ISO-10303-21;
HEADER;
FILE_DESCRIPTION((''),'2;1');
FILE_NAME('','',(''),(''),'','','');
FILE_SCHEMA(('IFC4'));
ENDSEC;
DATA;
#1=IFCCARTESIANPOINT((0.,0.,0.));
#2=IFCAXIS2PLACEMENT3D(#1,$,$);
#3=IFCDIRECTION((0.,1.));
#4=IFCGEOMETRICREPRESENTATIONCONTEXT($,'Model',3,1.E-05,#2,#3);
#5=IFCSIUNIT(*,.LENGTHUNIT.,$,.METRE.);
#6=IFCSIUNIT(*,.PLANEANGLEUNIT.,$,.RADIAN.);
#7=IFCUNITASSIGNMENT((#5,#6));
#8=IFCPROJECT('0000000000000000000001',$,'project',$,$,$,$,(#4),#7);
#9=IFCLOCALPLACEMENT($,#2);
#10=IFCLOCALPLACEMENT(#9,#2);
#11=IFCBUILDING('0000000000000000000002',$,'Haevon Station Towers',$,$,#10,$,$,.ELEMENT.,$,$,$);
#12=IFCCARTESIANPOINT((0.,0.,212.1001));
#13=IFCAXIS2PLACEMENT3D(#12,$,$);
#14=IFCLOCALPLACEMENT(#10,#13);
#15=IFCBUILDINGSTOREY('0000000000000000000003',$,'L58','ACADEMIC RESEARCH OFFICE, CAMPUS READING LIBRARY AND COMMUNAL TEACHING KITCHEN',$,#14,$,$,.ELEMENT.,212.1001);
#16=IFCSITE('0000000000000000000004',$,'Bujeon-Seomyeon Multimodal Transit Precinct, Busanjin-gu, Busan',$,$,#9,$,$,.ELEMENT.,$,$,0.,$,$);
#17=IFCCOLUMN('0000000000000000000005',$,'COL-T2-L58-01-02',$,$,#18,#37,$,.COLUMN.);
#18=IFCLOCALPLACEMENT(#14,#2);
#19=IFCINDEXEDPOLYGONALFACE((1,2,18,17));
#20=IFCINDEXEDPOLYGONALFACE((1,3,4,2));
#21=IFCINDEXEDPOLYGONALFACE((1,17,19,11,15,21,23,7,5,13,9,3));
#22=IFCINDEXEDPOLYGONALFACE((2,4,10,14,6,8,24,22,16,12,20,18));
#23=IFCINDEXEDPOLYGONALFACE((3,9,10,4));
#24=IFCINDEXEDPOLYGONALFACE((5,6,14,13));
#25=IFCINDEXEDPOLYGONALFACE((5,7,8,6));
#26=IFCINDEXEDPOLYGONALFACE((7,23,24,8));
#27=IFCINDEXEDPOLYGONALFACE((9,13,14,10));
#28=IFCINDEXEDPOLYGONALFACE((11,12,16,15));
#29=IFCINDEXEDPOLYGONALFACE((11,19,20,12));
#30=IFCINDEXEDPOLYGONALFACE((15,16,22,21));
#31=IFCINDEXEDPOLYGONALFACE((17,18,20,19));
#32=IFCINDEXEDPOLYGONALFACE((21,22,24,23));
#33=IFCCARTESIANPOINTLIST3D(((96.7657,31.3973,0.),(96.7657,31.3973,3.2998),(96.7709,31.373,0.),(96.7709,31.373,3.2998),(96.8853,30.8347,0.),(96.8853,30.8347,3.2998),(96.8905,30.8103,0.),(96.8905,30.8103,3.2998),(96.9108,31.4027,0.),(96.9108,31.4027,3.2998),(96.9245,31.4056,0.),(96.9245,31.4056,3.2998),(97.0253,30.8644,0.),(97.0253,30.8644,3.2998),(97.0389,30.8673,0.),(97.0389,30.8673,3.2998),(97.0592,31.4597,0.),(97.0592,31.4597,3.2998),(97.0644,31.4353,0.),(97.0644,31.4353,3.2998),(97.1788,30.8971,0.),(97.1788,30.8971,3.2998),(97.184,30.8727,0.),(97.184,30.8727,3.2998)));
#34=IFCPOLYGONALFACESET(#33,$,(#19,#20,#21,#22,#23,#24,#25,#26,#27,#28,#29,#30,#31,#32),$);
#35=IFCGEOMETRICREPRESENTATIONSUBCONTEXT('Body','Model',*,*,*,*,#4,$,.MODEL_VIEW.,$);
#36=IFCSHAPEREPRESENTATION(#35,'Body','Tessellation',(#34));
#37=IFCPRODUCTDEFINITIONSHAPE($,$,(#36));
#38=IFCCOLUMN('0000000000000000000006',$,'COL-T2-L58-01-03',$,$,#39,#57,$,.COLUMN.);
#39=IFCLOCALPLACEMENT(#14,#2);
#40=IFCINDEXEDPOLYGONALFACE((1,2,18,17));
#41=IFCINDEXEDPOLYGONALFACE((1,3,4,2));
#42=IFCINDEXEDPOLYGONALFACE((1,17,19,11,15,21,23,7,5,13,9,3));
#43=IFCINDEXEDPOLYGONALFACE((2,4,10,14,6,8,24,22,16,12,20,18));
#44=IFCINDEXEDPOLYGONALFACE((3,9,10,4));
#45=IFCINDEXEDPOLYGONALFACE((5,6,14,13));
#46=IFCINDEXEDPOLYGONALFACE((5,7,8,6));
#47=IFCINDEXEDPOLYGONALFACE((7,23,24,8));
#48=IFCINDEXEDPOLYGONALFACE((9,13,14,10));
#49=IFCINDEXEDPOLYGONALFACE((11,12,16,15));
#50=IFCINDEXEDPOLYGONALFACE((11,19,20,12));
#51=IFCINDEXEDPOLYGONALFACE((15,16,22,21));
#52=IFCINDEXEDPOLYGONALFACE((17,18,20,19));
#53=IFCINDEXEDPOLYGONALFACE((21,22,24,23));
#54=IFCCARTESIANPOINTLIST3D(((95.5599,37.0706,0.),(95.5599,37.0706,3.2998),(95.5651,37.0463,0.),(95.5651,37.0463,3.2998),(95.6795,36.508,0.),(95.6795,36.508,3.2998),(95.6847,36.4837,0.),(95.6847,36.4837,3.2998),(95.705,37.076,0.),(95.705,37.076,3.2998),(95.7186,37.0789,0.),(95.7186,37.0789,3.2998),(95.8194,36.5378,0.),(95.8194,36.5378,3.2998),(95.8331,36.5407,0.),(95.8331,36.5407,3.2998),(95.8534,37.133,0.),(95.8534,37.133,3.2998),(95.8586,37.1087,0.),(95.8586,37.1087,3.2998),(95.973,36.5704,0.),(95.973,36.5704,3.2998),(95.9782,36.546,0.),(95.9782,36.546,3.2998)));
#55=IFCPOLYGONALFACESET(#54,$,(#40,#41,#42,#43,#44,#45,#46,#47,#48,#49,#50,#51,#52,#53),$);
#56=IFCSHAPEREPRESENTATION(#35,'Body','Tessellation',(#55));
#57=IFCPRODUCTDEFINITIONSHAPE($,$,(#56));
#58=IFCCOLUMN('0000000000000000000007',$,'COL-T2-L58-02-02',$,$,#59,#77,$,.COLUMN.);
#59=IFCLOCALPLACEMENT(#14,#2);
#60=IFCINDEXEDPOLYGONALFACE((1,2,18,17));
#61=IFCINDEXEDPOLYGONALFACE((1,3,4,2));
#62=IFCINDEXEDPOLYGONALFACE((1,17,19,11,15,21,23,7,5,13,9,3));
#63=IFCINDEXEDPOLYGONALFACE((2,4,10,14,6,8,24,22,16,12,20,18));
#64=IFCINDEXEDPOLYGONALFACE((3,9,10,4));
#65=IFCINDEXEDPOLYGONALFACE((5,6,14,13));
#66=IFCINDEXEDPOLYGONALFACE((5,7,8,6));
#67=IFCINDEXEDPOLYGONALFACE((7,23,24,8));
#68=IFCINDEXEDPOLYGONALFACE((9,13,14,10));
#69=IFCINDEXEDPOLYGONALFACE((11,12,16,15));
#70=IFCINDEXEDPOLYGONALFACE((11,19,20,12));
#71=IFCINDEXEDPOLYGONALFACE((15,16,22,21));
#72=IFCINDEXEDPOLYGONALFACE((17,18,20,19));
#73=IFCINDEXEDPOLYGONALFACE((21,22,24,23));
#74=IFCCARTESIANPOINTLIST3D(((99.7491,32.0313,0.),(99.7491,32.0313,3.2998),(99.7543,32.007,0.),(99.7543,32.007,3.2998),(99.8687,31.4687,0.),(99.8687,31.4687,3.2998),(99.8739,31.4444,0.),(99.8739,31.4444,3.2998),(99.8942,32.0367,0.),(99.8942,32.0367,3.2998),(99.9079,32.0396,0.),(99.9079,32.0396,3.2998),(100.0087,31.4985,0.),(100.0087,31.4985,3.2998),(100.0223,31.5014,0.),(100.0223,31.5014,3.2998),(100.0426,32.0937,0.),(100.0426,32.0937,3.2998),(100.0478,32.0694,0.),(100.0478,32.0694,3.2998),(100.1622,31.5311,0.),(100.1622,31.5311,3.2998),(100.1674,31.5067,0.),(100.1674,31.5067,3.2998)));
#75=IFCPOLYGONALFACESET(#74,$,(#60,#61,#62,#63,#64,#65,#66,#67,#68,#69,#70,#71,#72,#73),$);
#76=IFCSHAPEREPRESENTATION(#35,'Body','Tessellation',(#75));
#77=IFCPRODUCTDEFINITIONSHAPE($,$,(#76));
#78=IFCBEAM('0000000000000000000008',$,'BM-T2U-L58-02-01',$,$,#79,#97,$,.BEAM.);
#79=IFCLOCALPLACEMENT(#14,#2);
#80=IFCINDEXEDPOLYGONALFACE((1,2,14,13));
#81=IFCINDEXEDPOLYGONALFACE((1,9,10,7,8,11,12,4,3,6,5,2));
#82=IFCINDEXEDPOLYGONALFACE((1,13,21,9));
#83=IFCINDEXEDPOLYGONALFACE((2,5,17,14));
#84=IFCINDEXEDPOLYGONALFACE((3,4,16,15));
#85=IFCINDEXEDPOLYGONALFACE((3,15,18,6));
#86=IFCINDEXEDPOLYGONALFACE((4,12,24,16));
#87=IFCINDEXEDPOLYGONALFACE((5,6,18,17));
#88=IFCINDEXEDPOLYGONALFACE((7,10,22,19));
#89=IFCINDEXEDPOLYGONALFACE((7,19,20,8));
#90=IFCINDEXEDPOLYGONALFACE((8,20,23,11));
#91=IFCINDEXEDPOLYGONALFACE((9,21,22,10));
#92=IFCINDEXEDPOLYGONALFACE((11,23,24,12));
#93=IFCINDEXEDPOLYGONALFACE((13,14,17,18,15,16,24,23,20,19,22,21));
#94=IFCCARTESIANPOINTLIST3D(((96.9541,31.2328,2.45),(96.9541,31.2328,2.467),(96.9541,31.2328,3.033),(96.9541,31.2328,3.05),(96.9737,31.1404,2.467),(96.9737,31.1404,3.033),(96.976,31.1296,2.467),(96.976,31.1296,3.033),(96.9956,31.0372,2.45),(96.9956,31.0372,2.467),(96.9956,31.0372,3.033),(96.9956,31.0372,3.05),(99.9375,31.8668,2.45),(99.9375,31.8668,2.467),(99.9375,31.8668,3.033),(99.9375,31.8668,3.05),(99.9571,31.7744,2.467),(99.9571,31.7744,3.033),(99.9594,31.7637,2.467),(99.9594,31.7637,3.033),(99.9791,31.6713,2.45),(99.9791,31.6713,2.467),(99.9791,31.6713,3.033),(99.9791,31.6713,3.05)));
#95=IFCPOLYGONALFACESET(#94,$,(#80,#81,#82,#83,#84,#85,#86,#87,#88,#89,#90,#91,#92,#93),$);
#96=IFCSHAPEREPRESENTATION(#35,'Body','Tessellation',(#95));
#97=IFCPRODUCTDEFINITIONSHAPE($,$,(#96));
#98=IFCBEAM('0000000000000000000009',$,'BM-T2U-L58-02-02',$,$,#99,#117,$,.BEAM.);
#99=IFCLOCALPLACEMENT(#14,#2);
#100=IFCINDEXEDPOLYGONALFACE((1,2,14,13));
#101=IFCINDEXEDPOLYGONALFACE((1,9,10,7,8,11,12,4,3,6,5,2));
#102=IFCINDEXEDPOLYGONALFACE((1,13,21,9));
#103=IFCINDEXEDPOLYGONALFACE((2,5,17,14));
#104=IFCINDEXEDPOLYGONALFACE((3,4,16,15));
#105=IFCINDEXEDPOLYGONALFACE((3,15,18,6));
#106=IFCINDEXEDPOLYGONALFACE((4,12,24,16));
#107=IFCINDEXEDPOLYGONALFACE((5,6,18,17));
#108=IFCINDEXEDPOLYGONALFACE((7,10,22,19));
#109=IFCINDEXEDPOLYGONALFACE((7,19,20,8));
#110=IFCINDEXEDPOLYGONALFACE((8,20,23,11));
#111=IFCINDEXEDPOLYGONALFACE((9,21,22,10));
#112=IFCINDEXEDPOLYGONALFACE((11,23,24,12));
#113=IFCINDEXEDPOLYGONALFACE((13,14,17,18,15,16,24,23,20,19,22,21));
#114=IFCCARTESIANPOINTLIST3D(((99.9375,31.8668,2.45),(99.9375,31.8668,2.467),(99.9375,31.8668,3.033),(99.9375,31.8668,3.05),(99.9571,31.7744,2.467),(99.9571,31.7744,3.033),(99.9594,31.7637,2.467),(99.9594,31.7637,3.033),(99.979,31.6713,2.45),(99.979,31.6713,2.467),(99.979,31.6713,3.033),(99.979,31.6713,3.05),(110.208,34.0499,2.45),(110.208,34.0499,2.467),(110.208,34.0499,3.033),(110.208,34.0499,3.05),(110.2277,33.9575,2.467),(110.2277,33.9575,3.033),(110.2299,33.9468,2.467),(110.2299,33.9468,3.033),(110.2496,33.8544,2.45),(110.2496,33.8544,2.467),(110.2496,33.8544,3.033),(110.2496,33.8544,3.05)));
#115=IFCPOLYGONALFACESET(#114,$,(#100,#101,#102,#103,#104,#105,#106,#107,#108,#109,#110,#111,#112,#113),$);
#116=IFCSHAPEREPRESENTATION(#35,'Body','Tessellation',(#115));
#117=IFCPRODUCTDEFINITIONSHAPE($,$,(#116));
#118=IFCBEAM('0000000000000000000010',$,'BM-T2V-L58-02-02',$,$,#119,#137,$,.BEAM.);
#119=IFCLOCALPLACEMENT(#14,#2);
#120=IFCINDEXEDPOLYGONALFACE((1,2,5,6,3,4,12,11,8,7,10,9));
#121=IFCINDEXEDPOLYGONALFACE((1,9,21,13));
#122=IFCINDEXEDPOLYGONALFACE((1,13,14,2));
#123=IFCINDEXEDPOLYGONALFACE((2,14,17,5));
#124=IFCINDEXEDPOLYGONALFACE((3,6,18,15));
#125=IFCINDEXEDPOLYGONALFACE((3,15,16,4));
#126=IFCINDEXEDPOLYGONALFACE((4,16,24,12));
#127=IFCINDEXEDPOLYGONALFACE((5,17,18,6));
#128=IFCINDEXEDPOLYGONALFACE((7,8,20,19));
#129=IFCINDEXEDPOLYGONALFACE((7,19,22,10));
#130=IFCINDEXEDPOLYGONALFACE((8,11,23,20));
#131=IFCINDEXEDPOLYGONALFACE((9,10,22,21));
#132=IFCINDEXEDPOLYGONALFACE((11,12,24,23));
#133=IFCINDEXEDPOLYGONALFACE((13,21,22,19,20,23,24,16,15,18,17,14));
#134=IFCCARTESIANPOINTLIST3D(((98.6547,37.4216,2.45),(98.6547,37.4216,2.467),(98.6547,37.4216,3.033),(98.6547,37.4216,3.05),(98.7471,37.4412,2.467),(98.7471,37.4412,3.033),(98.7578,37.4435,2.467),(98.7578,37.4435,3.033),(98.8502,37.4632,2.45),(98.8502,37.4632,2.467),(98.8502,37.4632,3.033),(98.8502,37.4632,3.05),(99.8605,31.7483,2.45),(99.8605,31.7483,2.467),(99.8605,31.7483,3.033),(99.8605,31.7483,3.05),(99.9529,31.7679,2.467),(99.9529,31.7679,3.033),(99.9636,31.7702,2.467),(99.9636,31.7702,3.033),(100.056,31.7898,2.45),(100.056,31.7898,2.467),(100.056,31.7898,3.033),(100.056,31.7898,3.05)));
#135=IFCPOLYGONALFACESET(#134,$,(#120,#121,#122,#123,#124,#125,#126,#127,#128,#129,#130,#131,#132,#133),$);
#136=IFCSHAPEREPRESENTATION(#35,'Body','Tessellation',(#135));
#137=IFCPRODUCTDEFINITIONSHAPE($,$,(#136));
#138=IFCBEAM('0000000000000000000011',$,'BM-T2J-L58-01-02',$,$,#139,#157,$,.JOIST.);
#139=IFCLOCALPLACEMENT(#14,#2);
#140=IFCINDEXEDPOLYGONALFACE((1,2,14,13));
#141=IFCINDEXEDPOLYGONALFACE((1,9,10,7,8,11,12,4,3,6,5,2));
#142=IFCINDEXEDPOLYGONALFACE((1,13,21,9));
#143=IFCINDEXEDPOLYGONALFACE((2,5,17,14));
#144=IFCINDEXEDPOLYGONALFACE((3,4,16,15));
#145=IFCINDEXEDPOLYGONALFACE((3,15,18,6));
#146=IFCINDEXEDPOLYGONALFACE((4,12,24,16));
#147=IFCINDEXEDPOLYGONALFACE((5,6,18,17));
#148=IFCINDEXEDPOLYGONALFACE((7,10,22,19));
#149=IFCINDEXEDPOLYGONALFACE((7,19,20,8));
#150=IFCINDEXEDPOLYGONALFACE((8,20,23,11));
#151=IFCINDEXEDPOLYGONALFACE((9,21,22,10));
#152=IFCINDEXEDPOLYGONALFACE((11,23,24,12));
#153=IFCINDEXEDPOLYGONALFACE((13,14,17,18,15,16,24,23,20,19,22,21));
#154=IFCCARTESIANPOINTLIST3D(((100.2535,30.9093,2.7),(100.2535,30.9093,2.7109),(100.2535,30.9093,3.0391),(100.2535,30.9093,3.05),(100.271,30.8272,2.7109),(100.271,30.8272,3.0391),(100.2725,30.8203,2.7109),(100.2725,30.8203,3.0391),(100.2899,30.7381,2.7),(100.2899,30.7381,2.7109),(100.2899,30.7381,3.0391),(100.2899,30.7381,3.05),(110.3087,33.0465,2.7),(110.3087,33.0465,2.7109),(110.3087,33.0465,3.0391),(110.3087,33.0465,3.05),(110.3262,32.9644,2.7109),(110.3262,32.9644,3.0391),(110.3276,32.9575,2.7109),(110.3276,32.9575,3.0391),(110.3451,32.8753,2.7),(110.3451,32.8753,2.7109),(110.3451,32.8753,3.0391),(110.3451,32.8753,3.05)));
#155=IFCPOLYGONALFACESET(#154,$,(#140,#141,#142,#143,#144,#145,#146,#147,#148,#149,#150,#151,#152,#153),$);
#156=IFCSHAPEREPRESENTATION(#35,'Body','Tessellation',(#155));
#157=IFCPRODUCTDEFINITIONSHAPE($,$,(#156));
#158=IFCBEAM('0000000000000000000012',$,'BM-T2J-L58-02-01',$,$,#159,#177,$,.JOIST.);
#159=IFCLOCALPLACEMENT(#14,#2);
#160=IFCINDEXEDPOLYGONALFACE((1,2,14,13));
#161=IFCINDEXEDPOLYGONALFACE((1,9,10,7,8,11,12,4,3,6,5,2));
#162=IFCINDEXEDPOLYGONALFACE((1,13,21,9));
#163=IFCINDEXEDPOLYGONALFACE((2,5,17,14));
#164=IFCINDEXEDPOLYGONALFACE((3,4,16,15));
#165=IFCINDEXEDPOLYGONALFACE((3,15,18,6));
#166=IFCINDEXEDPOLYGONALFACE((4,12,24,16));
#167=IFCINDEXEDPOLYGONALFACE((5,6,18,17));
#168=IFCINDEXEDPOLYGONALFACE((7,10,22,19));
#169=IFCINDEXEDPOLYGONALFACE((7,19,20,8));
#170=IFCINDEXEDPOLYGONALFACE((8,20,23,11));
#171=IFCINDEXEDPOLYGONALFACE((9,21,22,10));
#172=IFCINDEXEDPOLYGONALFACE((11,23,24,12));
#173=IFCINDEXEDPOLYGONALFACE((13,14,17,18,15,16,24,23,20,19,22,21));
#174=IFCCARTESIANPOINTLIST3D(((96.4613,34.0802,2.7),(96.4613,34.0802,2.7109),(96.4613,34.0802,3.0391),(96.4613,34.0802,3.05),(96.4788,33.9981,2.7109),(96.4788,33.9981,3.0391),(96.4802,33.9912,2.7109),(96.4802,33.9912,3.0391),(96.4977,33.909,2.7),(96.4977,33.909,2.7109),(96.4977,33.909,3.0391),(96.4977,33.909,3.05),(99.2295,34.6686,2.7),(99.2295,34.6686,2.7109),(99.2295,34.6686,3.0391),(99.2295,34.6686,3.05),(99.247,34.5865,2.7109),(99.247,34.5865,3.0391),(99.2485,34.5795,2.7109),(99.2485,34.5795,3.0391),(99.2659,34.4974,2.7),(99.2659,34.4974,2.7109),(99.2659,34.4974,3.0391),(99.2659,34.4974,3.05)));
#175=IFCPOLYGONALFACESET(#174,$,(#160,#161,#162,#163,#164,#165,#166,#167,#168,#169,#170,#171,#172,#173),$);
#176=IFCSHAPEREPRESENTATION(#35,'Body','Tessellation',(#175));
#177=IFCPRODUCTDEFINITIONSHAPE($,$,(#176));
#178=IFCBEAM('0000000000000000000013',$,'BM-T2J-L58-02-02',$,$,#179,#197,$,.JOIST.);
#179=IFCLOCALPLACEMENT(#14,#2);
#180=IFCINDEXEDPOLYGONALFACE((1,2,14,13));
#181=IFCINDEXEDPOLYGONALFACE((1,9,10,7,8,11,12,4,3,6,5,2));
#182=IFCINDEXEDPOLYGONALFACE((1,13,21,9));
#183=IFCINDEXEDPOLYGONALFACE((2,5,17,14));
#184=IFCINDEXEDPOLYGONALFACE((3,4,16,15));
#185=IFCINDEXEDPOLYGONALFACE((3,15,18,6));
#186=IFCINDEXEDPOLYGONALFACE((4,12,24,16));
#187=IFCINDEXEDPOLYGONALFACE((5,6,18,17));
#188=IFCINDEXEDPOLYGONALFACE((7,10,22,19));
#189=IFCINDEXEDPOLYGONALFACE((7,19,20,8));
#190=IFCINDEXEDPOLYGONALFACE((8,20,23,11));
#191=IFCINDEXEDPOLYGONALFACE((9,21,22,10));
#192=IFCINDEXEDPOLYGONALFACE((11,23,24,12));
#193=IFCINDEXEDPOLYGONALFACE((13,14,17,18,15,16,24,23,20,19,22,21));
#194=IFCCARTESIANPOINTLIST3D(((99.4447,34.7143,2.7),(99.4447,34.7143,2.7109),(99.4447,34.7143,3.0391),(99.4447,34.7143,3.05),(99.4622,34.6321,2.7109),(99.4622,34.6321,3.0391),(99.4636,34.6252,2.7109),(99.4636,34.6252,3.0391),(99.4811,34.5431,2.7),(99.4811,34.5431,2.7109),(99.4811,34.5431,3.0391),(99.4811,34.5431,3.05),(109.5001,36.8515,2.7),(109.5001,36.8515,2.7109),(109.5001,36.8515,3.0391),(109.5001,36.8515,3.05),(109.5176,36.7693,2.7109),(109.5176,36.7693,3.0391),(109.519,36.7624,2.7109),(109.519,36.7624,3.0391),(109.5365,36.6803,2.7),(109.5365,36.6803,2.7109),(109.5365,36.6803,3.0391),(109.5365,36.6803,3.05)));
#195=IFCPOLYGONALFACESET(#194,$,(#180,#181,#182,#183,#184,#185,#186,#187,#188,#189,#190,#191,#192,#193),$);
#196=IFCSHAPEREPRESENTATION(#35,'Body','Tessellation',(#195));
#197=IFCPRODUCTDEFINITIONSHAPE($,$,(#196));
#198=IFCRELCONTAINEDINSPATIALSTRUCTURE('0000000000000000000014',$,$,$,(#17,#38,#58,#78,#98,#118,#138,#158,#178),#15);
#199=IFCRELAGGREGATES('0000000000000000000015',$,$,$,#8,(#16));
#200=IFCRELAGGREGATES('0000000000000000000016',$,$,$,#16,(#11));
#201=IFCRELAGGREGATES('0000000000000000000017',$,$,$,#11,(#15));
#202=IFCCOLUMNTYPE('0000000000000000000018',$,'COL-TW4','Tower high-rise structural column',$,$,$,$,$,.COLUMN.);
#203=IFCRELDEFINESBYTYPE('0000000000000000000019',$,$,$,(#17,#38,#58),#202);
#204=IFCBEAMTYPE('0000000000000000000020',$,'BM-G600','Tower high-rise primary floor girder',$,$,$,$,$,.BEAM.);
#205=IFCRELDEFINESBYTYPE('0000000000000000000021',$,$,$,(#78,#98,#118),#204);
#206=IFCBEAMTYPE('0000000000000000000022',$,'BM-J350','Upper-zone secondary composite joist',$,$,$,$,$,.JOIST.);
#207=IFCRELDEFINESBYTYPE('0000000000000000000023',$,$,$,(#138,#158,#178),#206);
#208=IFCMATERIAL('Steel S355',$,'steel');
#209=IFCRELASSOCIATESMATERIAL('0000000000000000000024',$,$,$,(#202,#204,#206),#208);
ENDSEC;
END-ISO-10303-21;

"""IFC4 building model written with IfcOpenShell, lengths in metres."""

from ifc_helpers import new_model, si_unit, direction, frame, origin, origin_2d, place, context, subcontext, project, spatial, i_section, extrude, material, material_profile, profile_set, type_object, element, save


model = new_model("IFC4")

# Units and contexts
model_context = context("Model", 3, precision=1e-05, world=origin(), true_north=direction((0.0, 1.0)))
body_context = subcontext(model_context, "Body", "Model", "MODEL_VIEW")
ifc_project = project(units=[si_unit("LENGTHUNIT", "METRE"), si_unit("PLANEANGLEUNIT", "RADIAN")], contexts=[model_context])

# Site, building, storey
site_placement = place(None, origin())
site = spatial("IfcSite", under=ifc_project, at=site_placement, Name="Bujeon-Seomyeon Multimodal Transit Precinct, Busanjin-gu, Busan", CompositionType="ELEMENT", RefElevation=0.0)
building_placement = place(site_placement, origin())
building = spatial("IfcBuilding", under=site, at=building_placement, Name="Haevon Station Towers", CompositionType="ELEMENT")
storey_placement = place(building_placement, frame((0.0, 0.0, 212.1001)))
storey = spatial("IfcBuildingStorey", under=building, at=storey_placement, Name="L58", Description="ACADEMIC RESEARCH OFFICE, CAMPUS READING LIBRARY AND COMMUNAL TEACHING KITCHEN", CompositionType="ELEMENT", Elevation=212.1001)

# Columns
ifc_material_1 = material(Name="Steel S355", Category="steel")
ifc_material_profile_1 = material_profile(ifc_material_1, i_section(OverallWidth=0.3, OverallDepth=0.6001, WebThickness=0.0139, FlangeThickness=0.0249, at=origin_2d()), Name="H-600x300x14x25")
ifc_profile_set_1 = profile_set([ifc_material_profile_1], Name="Steel S355")
column_type = type_object("IfcColumnType", Name="COL-TW4", Description="Tower high-rise structural column", PredefinedType="COLUMN", material=ifc_profile_set_1)
for number, where, z_axis, x_axis, name in (
    (1, (96.9749, 31.135, 0.0), (0.0, 0.0, 1.0), (0.978148, 0.207912, 0.0), "COL-T2-L58-01-02"),
    (2, (95.769, 36.8083, 0.0), (0.0, 0.0, 1.0), (0.978148, 0.207912, 0.0), "COL-T2-L58-01-03"),
    (3, (99.9583, 31.769, 0.0), (0.0, 0.0, 1.0), (0.978148, 0.207912, 0.0), "COL-T2-L58-02-02"),
):
    element("IfcColumn", number, at=place(storey_placement, frame(where, z_axis=z_axis, x_axis=x_axis)), inside=storey, type_object=column_type, Name=name, PredefinedType="COLUMN", context=body_context, shape_type="SweptSolid", body=[
        extrude(i_section(OverallWidth=0.3, OverallDepth=0.6001, WebThickness=0.0139, FlangeThickness=0.0249, at=origin_2d()), origin(), (0.0, 0.0, 1.0), 3.2998),
    ])

# Beams
ifc_material_profile_2 = material_profile(ifc_material_1, i_section(OverallWidth=0.2, OverallDepth=0.6001, WebThickness=0.011, FlangeThickness=0.0171, at=origin_2d()), Name="H-600x200x11x17")
ifc_profile_set_2 = profile_set([ifc_material_profile_2], Name="Steel S355")
beam_type_1 = type_object("IfcBeamType", Name="BM-G600", Description="Tower high-rise primary floor girder", PredefinedType="BEAM", material=ifc_profile_set_2)
beam_1_placement = place(storey_placement, frame((96.9749, 31.135, 2.75), z_axis=(0.978155, 0.207878, 0.0), x_axis=(-0.207878, 0.978155, 0.0)))
element("IfcBeam", 4, at=beam_1_placement, inside=storey, type_object=beam_type_1, Name="BM-T2U-L58-02-01", PredefinedType="BEAM", context=body_context, shape_type="SweptSolid", body=[
    extrude(i_section(OverallWidth=0.2, OverallDepth=0.6001, WebThickness=0.011, FlangeThickness=0.0171, at=origin_2d()), origin(), (0.0, 0.0, 1.0), 3.05),
])
beam_2_placement = place(storey_placement, frame((99.9583, 31.769, 2.75), z_axis=(0.978147, 0.207915, 0.0), x_axis=(-0.207915, 0.978147, 0.0)))
element("IfcBeam", 5, at=beam_2_placement, inside=storey, type_object=beam_type_1, Name="BM-T2U-L58-02-02", PredefinedType="BEAM", context=body_context, shape_type="SweptSolid", body=[
    extrude(i_section(OverallWidth=0.2, OverallDepth=0.6001, WebThickness=0.011, FlangeThickness=0.0171, at=origin_2d()), origin(), (0.0, 0.0, 1.0), 10.5),
])
beam_3_placement = place(storey_placement, frame((99.9583, 31.769, 2.75), z_axis=(-0.207896, 0.978151, 0.0), x_axis=(-0.978151, -0.207896, 0.0)))
element("IfcBeam", 6, at=beam_3_placement, inside=storey, type_object=beam_type_1, Name="BM-T2V-L58-02-02", PredefinedType="BEAM", context=body_context, shape_type="SweptSolid", body=[
    extrude(i_section(OverallWidth=0.2, OverallDepth=0.6001, WebThickness=0.011, FlangeThickness=0.0171, at=origin_2d()), origin(), (0.0, 0.0, 1.0), 5.8),
])
ifc_material_profile_3 = material_profile(ifc_material_1, i_section(OverallWidth=0.175, OverallDepth=0.3501, WebThickness=0.0071, FlangeThickness=0.011, at=origin_2d()), Name="H-350x175x7x11")
ifc_profile_set_3 = profile_set([ifc_material_profile_3], Name="Steel S355")
beam_type_2 = type_object("IfcBeamType", Name="BM-J350", Description="Upper-zone secondary composite joist", PredefinedType="JOIST", material=ifc_profile_set_3)
beam_4_placement = place(storey_placement, frame((100.2717, 30.8237, 2.875), z_axis=(0.978149, 0.207904, 0.0), x_axis=(-0.207904, 0.978149, 0.0)))
element("IfcBeam", 7, at=beam_4_placement, inside=storey, type_object=beam_type_2, Name="BM-T2J-L58-01-02", PredefinedType="JOIST", context=body_context, shape_type="SweptSolid", body=[
    extrude(i_section(OverallWidth=0.175, OverallDepth=0.3501, WebThickness=0.0071, FlangeThickness=0.011, at=origin_2d()), origin(), (0.0, 0.0, 1.0), 10.2798),
])
beam_5_placement = place(storey_placement, frame((96.4795, 33.9946, 2.875), z_axis=(0.978151, 0.207897, 0.0), x_axis=(-0.207897, 0.978151, 0.0)))
element("IfcBeam", 8, at=beam_5_placement, inside=storey, type_object=beam_type_2, Name="BM-T2J-L58-02-01", PredefinedType="JOIST", context=body_context, shape_type="SweptSolid", body=[
    extrude(i_section(OverallWidth=0.175, OverallDepth=0.3501, WebThickness=0.0071, FlangeThickness=0.011, at=origin_2d()), origin(), (0.0, 0.0, 1.0), 2.8301),
])
beam_6_placement = place(storey_placement, frame((99.4629, 34.6287, 2.875), z_axis=(0.97815, 0.207899, 0.0), x_axis=(-0.207899, 0.97815, 0.0)))
element("IfcBeam", 9, at=beam_6_placement, inside=storey, type_object=beam_type_2, Name="BM-T2J-L58-02-02", PredefinedType="JOIST", context=body_context, shape_type="SweptSolid", body=[
    extrude(i_section(OverallWidth=0.175, OverallDepth=0.3501, WebThickness=0.0071, FlangeThickness=0.011, at=origin_2d()), origin(), (0.0, 0.0, 1.0), 10.28),
])

save(model, "model.ifc")
